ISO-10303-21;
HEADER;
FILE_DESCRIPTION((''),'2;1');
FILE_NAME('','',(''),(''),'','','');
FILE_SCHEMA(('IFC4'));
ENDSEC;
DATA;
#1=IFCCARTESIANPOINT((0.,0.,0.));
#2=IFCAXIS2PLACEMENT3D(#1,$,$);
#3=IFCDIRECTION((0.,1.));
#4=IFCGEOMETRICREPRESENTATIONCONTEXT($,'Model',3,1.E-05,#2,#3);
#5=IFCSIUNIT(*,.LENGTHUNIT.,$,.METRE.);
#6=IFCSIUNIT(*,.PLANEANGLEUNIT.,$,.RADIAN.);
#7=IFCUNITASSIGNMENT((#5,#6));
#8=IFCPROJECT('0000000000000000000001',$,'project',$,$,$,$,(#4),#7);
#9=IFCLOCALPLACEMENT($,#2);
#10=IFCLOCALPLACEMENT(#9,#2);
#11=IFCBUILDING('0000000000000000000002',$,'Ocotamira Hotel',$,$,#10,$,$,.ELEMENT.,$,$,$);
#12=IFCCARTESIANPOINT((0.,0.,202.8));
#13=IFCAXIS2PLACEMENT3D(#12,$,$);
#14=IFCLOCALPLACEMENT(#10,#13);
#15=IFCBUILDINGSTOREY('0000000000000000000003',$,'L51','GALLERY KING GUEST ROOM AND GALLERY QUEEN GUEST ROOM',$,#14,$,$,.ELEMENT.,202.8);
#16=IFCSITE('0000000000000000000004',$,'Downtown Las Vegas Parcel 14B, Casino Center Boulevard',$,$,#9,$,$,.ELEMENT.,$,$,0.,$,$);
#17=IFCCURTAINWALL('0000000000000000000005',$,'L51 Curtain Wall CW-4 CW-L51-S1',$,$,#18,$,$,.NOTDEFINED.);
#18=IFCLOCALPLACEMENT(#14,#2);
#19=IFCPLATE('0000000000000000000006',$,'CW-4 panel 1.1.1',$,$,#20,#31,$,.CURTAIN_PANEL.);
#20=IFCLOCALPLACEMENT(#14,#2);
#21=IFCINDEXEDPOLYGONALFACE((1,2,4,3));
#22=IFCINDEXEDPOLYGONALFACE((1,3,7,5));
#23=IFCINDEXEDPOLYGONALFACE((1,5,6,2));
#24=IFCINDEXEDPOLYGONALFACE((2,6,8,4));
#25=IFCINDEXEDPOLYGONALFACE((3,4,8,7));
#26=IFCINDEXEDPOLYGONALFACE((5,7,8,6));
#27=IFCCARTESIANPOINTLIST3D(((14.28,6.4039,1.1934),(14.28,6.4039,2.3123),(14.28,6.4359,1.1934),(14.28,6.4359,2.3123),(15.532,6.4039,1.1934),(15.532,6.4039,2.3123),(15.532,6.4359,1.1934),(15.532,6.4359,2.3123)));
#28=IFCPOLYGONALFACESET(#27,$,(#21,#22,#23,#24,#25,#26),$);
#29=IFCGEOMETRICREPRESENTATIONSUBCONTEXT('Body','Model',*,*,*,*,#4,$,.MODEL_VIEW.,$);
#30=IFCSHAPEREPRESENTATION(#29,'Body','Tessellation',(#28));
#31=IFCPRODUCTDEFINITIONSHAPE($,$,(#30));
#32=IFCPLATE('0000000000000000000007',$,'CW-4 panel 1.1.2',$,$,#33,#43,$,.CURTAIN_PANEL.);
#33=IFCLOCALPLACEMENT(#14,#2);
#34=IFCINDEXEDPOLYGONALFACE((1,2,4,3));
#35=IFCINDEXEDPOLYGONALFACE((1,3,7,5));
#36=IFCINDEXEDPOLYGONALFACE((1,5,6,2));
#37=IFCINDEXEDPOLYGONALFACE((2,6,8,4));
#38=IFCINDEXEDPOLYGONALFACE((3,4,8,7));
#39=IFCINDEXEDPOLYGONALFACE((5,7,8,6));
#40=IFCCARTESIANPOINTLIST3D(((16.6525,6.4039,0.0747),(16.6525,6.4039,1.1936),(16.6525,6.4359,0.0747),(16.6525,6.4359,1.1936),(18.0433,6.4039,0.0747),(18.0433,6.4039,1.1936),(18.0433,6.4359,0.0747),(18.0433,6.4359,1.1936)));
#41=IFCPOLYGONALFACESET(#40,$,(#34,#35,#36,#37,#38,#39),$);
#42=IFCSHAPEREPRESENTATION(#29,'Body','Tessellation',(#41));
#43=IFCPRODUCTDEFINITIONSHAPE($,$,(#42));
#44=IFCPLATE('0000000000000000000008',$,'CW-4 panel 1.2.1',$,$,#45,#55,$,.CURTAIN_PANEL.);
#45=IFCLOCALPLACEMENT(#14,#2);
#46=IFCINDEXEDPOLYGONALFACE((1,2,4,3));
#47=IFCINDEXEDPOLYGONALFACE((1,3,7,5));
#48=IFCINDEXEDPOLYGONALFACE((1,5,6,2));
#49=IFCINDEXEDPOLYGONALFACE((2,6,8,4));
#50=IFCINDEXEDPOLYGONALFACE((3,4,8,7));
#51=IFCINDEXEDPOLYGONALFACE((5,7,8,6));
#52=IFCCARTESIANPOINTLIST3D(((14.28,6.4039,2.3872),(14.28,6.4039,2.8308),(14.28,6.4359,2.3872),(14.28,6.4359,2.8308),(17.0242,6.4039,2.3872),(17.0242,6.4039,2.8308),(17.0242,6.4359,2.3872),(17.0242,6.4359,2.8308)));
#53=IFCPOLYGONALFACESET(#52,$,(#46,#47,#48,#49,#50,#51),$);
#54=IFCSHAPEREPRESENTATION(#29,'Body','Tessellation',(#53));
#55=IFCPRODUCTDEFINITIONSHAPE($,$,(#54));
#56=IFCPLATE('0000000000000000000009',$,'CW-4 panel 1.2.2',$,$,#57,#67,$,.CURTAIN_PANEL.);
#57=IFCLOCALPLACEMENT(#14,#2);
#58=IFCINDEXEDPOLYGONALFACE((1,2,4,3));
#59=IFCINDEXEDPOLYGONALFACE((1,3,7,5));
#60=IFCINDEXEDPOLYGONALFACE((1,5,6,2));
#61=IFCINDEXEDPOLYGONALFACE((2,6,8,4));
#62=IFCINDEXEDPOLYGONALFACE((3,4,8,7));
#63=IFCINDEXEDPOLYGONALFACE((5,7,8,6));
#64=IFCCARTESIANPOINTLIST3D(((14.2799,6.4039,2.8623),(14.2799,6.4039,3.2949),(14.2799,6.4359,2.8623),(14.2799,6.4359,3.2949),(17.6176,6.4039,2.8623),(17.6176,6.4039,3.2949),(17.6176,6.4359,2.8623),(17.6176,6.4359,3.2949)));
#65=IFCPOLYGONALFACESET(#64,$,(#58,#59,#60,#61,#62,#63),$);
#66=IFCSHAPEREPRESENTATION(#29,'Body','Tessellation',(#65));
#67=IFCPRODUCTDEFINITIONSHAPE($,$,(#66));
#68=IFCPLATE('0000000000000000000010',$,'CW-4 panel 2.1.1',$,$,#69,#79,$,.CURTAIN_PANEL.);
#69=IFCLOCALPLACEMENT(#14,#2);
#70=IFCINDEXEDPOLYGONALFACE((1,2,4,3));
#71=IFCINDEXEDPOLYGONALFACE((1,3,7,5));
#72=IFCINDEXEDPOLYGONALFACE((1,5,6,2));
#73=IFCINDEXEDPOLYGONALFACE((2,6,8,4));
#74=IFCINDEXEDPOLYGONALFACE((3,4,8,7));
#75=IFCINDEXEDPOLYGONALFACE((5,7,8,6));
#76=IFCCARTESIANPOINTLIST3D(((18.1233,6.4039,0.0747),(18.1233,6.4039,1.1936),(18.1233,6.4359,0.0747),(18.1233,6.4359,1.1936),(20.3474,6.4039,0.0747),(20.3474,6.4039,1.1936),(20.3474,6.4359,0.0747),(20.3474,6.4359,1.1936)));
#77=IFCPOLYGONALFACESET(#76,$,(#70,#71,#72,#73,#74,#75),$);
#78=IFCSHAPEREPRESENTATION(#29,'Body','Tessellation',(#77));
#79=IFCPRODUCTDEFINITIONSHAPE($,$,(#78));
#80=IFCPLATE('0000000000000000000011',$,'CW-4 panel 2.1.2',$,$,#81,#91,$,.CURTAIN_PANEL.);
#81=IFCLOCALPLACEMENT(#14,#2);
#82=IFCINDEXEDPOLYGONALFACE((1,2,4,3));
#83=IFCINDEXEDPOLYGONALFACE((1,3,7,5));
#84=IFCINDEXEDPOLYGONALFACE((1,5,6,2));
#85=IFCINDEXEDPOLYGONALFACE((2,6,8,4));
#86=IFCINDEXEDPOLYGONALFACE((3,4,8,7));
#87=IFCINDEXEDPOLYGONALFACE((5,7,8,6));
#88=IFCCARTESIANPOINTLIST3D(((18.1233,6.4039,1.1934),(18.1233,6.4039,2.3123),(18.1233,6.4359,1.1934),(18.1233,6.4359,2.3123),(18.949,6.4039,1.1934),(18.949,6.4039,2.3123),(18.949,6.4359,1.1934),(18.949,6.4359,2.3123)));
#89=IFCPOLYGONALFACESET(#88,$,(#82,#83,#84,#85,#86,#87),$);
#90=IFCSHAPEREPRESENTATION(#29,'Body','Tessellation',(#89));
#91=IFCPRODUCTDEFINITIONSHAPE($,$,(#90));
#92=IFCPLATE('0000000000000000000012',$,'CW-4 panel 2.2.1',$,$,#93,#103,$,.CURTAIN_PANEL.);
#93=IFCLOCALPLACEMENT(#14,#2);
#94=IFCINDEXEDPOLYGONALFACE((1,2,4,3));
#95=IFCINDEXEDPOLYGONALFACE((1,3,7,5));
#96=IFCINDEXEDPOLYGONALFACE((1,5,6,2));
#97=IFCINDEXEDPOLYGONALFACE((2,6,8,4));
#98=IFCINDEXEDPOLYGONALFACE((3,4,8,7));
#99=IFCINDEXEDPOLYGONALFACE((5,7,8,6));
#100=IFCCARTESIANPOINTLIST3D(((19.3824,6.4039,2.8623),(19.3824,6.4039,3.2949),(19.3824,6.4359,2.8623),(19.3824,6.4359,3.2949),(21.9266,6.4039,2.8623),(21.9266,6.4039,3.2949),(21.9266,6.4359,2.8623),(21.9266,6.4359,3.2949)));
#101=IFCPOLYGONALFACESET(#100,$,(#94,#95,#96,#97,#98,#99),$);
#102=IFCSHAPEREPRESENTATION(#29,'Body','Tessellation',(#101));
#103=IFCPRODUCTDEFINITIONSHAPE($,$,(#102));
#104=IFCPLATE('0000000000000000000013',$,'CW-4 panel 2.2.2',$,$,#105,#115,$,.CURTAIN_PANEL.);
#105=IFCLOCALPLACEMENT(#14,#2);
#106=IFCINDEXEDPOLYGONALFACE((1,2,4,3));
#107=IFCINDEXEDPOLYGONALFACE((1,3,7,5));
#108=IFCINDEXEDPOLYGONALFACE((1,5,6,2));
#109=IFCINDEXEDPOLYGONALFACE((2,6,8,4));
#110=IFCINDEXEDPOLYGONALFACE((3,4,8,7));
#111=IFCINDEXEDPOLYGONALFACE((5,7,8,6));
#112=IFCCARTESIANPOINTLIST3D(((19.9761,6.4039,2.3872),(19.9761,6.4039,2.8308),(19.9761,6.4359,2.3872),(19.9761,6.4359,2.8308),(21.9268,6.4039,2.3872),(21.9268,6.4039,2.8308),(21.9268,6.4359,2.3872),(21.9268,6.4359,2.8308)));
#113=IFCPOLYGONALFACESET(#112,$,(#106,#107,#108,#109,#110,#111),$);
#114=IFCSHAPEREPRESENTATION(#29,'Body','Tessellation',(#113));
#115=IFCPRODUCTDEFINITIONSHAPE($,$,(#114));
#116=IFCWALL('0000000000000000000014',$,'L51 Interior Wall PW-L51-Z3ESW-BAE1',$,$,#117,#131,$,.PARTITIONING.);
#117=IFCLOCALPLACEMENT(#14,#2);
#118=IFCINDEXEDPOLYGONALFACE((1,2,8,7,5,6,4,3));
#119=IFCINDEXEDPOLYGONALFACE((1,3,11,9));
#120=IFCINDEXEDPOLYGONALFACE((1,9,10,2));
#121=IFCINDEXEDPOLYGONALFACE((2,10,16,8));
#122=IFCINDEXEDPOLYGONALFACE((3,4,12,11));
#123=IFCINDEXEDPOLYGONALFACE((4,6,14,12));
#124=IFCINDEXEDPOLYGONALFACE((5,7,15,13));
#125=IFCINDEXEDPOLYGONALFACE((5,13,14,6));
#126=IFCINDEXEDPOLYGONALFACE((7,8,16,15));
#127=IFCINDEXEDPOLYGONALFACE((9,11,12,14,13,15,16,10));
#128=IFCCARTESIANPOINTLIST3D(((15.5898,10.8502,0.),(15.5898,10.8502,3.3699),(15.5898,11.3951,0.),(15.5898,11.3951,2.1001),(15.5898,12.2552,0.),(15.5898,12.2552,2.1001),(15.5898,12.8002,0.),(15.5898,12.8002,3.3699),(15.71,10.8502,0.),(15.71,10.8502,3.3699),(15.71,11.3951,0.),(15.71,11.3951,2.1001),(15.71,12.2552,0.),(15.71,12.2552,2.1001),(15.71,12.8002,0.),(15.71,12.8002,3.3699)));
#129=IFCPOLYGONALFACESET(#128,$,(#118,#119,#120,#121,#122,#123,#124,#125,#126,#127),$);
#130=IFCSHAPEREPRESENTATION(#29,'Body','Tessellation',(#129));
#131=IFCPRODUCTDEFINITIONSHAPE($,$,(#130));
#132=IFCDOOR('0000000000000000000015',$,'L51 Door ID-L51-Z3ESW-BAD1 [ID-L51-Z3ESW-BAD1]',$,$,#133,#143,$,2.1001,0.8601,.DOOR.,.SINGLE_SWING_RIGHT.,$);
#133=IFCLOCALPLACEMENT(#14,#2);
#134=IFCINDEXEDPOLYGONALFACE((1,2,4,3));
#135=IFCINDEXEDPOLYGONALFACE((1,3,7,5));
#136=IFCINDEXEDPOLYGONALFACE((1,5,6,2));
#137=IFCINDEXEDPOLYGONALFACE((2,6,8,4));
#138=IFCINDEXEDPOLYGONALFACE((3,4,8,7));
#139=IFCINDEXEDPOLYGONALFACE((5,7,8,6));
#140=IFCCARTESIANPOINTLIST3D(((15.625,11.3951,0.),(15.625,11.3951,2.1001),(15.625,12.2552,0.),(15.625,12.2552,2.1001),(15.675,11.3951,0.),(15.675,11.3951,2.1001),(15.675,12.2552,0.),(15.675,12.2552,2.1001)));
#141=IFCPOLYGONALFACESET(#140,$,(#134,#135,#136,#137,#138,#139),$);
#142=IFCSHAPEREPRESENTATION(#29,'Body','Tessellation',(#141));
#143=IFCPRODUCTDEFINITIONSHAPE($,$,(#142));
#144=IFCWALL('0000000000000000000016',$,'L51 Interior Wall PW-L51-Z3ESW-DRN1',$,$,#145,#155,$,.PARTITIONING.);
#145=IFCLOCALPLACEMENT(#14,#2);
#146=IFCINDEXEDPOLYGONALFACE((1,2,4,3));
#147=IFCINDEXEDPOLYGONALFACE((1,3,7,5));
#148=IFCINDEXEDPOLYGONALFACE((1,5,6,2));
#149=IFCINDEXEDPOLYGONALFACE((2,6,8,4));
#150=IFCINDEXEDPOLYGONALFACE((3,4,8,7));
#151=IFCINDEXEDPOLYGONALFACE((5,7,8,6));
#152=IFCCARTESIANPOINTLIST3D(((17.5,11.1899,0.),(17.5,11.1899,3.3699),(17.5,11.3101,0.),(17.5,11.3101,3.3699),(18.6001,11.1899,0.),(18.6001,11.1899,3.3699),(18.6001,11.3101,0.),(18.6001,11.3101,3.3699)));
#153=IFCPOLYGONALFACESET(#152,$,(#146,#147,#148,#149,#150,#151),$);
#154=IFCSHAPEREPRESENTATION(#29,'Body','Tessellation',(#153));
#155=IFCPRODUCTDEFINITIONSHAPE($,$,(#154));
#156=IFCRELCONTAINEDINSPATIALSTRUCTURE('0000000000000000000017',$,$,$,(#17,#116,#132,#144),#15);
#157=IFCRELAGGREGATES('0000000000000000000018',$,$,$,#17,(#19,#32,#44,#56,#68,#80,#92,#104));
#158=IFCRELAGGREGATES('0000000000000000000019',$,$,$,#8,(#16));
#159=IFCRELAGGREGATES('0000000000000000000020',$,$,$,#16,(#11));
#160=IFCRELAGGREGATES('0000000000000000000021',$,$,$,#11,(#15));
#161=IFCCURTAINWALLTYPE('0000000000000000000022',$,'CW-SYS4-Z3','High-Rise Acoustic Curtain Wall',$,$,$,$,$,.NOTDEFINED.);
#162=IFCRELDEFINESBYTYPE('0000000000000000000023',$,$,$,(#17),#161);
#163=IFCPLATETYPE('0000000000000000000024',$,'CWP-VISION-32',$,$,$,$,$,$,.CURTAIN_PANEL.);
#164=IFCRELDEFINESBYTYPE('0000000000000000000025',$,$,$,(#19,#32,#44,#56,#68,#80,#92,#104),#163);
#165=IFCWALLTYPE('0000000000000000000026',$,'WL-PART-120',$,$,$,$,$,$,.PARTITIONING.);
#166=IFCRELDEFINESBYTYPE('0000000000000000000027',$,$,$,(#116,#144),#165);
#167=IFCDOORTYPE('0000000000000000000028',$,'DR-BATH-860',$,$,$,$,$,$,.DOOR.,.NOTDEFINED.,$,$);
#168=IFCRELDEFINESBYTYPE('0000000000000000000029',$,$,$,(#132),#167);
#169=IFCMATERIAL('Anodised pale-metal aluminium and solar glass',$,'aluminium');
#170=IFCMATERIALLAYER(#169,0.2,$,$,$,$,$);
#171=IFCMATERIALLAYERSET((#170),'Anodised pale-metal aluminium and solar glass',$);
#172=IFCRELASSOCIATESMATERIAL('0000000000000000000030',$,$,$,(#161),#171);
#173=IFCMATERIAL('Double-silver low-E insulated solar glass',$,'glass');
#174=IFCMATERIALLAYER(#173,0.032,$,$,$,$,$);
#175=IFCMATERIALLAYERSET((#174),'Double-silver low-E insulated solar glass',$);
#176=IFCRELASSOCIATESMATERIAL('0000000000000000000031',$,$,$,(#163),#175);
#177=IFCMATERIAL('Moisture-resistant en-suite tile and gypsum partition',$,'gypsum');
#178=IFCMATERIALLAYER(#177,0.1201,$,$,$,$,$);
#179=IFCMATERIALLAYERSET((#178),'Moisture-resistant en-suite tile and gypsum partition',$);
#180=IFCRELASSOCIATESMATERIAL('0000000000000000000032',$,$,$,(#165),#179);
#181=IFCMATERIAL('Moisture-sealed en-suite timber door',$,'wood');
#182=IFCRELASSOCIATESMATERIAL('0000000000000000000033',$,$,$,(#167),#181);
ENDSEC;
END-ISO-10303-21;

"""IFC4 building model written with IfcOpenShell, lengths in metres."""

from ifc_helpers import new_model, si_unit, direction, frame, frame_2d, origin, origin_2d, place, context, subcontext, project, spatial, rectangle, extrude, source, transform, mapped, material, layer, layer_set, type_object, element, fill, aggregate, save


model = new_model("IFC4")

# Units and contexts
model_context = context("Model", 3, precision=1e-05, world=origin(), true_north=direction((0.0, 1.0)))
body_context = subcontext(model_context, "Body", "Model", "MODEL_VIEW")
ifc_project = project(units=[si_unit("LENGTHUNIT", "METRE"), si_unit("PLANEANGLEUNIT", "RADIAN")], contexts=[model_context])

# Site, building, storey
site_placement = place(None, origin())
site = spatial("IfcSite", under=ifc_project, at=site_placement, Name="Downtown Las Vegas Parcel 14B, Casino Center Boulevard", CompositionType="ELEMENT", RefElevation=0.0)
building_placement = place(site_placement, origin())
building = spatial("IfcBuilding", under=site, at=building_placement, Name="Ocotamira Hotel", CompositionType="ELEMENT")
storey_placement = place(building_placement, frame((0.0, 0.0, 202.8)))
storey = spatial("IfcBuildingStorey", under=building, at=storey_placement, Name="L51", Description="GALLERY KING GUEST ROOM AND GALLERY QUEEN GUEST ROOM", CompositionType="ELEMENT", Elevation=202.8)

# Curtain wall
ifc_material_1 = material(Name="Anodised pale-metal aluminium and solar glass", Category="aluminium")
ifc_layer_1 = layer(ifc_material_1, 0.2)
ifc_layer_set_1 = layer_set([ifc_layer_1], Name="Anodised pale-metal aluminium and solar glass")
curtain_wall_type = type_object("IfcCurtainWallType", Name="CW-SYS4-Z3", Description="High-Rise Acoustic Curtain Wall", PredefinedType="NOTDEFINED", material=ifc_layer_set_1)
curtain_wall_placement = place(storey_placement, origin())
curtain_wall = element("IfcCurtainWall", 1, at=curtain_wall_placement, inside=storey, type_object=curtain_wall_type, Name="L51 Curtain Wall CW-4 CW-L51-S1", PredefinedType="NOTDEFINED")

# Plates
ifc_material_2 = material(Name="Double-silver low-E insulated solar glass", Category="glass")
ifc_layer_2 = layer(ifc_material_2, 0.032)
ifc_layer_set_2 = layer_set([ifc_layer_2], Name="Double-silver low-E insulated solar glass")
plate_type_1 = type_object("IfcPlateType", Name="CWP-VISION-32", PredefinedType="CURTAIN_PANEL", material=ifc_layer_set_2)
shared_shape_1 = source(origin(), body_context, "Body", "SweptSolid", [
    extrude(rectangle(XDim=1.252, YDim=0.032, at=origin_2d()), origin(), (0.0, 0.0, 1.0), 1.1189),
])
plate_1_placement = place(storey_placement, frame((14.906, 6.4199, 1.1934), z_axis=(0.0, 0.0, 1.0), x_axis=(1.0, 0.0, 0.0)))
plate_1 = element("IfcPlate", 2, at=plate_1_placement, type_object=plate_type_1, Name="CW-4 panel 1.1.1", PredefinedType="CURTAIN_PANEL", context=body_context, shape_type="MappedRepresentation", body=[
    mapped(shared_shape_1, transform((0.0, 0.0, 0.0), scale=1.0)),
])
shared_shape_2 = source(origin(), body_context, "Body", "SweptSolid", [
    extrude(rectangle(XDim=1.3909, YDim=0.032, at=origin_2d()), origin(), (0.0, 0.0, 1.0), 1.1189),
])
plate_2_placement = place(storey_placement, frame((17.3479, 6.4199, 0.0747), z_axis=(0.0, 0.0, 1.0), x_axis=(1.0, 0.0, 0.0)))
plate_2 = element("IfcPlate", 3, at=plate_2_placement, type_object=plate_type_1, Name="CW-4 panel 1.1.2", PredefinedType="CURTAIN_PANEL", context=body_context, shape_type="MappedRepresentation", body=[
    mapped(shared_shape_2, transform((0.0, 0.0, 0.0), scale=1.0)),
])
shared_shape_3 = source(origin(), body_context, "Body", "SweptSolid", [
    extrude(rectangle(XDim=2.7441, YDim=0.032, at=origin_2d()), origin(), (0.0, 0.0, 1.0), 0.4436),
])
plate_3_placement = place(storey_placement, frame((15.6521, 6.4199, 2.3872), z_axis=(0.0, 0.0, 1.0), x_axis=(1.0, 0.0, 0.0)))
plate_3 = element("IfcPlate", 4, at=plate_3_placement, type_object=plate_type_1, Name="CW-4 panel 1.2.1", PredefinedType="CURTAIN_PANEL", context=body_context, shape_type="MappedRepresentation", body=[
    mapped(shared_shape_3, transform((0.0, 0.0, 0.0), scale=1.0)),
])
shared_shape_4 = source(origin(), body_context, "Body", "SweptSolid", [
    extrude(rectangle(XDim=3.3376, YDim=0.032, at=origin_2d()), origin(), (0.0, 0.0, 1.0), 0.4326),
])
plate_4_placement = place(storey_placement, frame((15.9487, 6.4199, 2.8623), z_axis=(0.0, 0.0, 1.0), x_axis=(1.0, 0.0, 0.0)))
plate_4 = element("IfcPlate", 5, at=plate_4_placement, type_object=plate_type_1, Name="CW-4 panel 1.2.2", PredefinedType="CURTAIN_PANEL", context=body_context, shape_type="MappedRepresentation", body=[
    mapped(shared_shape_4, transform((0.0, 0.0, 0.0), scale=1.0)),
])
shared_shape_5 = source(origin(), body_context, "Body", "SweptSolid", [
    extrude(rectangle(XDim=2.2241, YDim=0.032, at=origin_2d()), origin(), (0.0, 0.0, 1.0), 1.1189),
])
plate_5_placement = place(storey_placement, frame((19.2354, 6.4199, 0.0747), z_axis=(0.0, 0.0, 1.0), x_axis=(1.0, 0.0, 0.0)))
plate_5 = element("IfcPlate", 6, at=plate_5_placement, type_object=plate_type_1, Name="CW-4 panel 2.1.1", PredefinedType="CURTAIN_PANEL", context=body_context, shape_type="MappedRepresentation", body=[
    mapped(shared_shape_5, transform((0.0, 0.0, 0.0), scale=1.0)),
])
shared_shape_6 = source(origin(), body_context, "Body", "SweptSolid", [
    extrude(rectangle(XDim=0.8257, YDim=0.032, at=origin_2d()), origin(), (0.0, 0.0, 1.0), 1.1189),
])
plate_6_placement = place(storey_placement, frame((18.5361, 6.4199, 1.1934), z_axis=(0.0, 0.0, 1.0), x_axis=(1.0, 0.0, 0.0)))
plate_6 = element("IfcPlate", 7, at=plate_6_placement, type_object=plate_type_1, Name="CW-4 panel 2.1.2", PredefinedType="CURTAIN_PANEL", context=body_context, shape_type="MappedRepresentation", body=[
    mapped(shared_shape_6, transform((0.0, 0.0, 0.0), scale=1.0)),
])
shared_shape_7 = source(origin(), body_context, "Body", "SweptSolid", [
    extrude(rectangle(XDim=2.5442, YDim=0.032, at=origin_2d()), origin(), (0.0, 0.0, 1.0), 0.4326),
])
plate_7_placement = place(storey_placement, frame((20.6545, 6.4199, 2.8623), z_axis=(0.0, 0.0, 1.0), x_axis=(1.0, 0.0, 0.0)))
plate_7 = element("IfcPlate", 8, at=plate_7_placement, type_object=plate_type_1, Name="CW-4 panel 2.2.1", PredefinedType="CURTAIN_PANEL", context=body_context, shape_type="MappedRepresentation", body=[
    mapped(shared_shape_7, transform((0.0, 0.0, 0.0), scale=1.0)),
])
shared_shape_8 = source(origin(), body_context, "Body", "SweptSolid", [
    extrude(rectangle(XDim=1.9507, YDim=0.032, at=origin_2d()), origin(), (0.0, 0.0, 1.0), 0.4436),
])
plate_8_placement = place(storey_placement, frame((20.9514, 6.4199, 2.3872), z_axis=(0.0, 0.0, 1.0), x_axis=(1.0, 0.0, 0.0)))
plate_8 = element("IfcPlate", 9, at=plate_8_placement, type_object=plate_type_1, Name="CW-4 panel 2.2.2", PredefinedType="CURTAIN_PANEL", context=body_context, shape_type="MappedRepresentation", body=[
    mapped(shared_shape_8, transform((0.0, 0.0, 0.0), scale=1.0)),
])
aggregate(curtain_wall, [plate_1, plate_2, plate_3, plate_4, plate_5, plate_6, plate_7, plate_8])

# Wall, opening, door
ifc_material_3 = material(Name="Moisture-resistant en-suite tile and gypsum partition", Category="gypsum")
ifc_layer_3 = layer(ifc_material_3, 0.1201)
ifc_layer_set_3 = layer_set([ifc_layer_3], Name="Moisture-resistant en-suite tile and gypsum partition")
wall_type_1 = type_object("IfcWallType", Name="WL-PART-120", PredefinedType="PARTITIONING", material=ifc_layer_set_3)
wall_1_placement = place(storey_placement, frame((15.6499, 10.8501, 0.0), z_axis=(0.0, 0.0, 1.0), x_axis=(0.0, 1.0, 0.0)))
wall_1 = element("IfcWall", 10, at=wall_1_placement, inside=storey, type_object=wall_type_1, Name="L51 Interior Wall PW-L51-Z3ESW-BAE1", PredefinedType="PARTITIONING", context=body_context, shape_type="SweptSolid", body=[
    extrude(rectangle(XDim=1.95, YDim=0.1201, at=frame_2d((0.9751, 0.0))), origin(), (0.0, 0.0, 1.0), 3.3699),
])
opening_1_placement = place(wall_1_placement, frame((0.5449, 0.0, 0.0)))
opening_1 = element("IfcOpeningElement", 11, at=opening_1_placement, cuts=wall_1, PredefinedType="OPENING", context=body_context, shape_type="SweptSolid", body=[
    extrude(rectangle(XDim=0.8601, YDim=2.1001, at=frame_2d((0.4302, 1.05))), frame((0.0, 0.0701, 0.0), z_axis=(0.0, -1.0, 0.0), x_axis=(1.0, 0.0, 0.0)), (0.0, 0.0, 1.0), 0.1401),
])
ifc_material_4 = material(Name="Moisture-sealed en-suite timber door", Category="wood")
door_type = type_object("IfcDoorType", Name="DR-BATH-860", OperationType="NOTDEFINED", PredefinedType="DOOR", material=ifc_material_4)
shared_shape_9 = source(origin(), body_context, "Body", "SweptSolid", [
    extrude(rectangle(XDim=0.8601, YDim=2.1001, at=frame_2d((0.4302, 1.05))), frame((0.0, 0.0249, 0.0), z_axis=(0.0, -1.0, 0.0), x_axis=(1.0, 0.0, 0.0)), (0.0, 0.0, 1.0), 0.05),
])
door_1_placement = place(opening_1_placement, origin())
door_1 = element("IfcDoor", 12, at=door_1_placement, inside=storey, type_object=door_type, Name="L51 Door ID-L51-Z3ESW-BAD1 [ID-L51-Z3ESW-BAD1]", OperationType="SINGLE_SWING_RIGHT", OverallHeight=2.1001, OverallWidth=0.8601, PredefinedType="DOOR", context=body_context, shape_type="MappedRepresentation", body=[
    mapped(shared_shape_9, transform((0.0, 0.0, 0.0), scale=1.0)),
])
fill(opening_1, door_1)

# Wall
wall_2_placement = place(storey_placement, frame((17.5, 11.25, 0.0), z_axis=(0.0, 0.0, 1.0), x_axis=(1.0, 0.0, 0.0)))
element("IfcWall", 13, at=wall_2_placement, inside=storey, type_object=wall_type_1, Name="L51 Interior Wall PW-L51-Z3ESW-DRN1", PredefinedType="PARTITIONING", context=body_context, shape_type="SweptSolid", body=[
    extrude(rectangle(XDim=1.1001, YDim=0.1201, at=frame_2d((0.55, 0.0))), origin(), (0.0, 0.0, 1.0), 3.3699),
])

save(model, "model.ifc")
